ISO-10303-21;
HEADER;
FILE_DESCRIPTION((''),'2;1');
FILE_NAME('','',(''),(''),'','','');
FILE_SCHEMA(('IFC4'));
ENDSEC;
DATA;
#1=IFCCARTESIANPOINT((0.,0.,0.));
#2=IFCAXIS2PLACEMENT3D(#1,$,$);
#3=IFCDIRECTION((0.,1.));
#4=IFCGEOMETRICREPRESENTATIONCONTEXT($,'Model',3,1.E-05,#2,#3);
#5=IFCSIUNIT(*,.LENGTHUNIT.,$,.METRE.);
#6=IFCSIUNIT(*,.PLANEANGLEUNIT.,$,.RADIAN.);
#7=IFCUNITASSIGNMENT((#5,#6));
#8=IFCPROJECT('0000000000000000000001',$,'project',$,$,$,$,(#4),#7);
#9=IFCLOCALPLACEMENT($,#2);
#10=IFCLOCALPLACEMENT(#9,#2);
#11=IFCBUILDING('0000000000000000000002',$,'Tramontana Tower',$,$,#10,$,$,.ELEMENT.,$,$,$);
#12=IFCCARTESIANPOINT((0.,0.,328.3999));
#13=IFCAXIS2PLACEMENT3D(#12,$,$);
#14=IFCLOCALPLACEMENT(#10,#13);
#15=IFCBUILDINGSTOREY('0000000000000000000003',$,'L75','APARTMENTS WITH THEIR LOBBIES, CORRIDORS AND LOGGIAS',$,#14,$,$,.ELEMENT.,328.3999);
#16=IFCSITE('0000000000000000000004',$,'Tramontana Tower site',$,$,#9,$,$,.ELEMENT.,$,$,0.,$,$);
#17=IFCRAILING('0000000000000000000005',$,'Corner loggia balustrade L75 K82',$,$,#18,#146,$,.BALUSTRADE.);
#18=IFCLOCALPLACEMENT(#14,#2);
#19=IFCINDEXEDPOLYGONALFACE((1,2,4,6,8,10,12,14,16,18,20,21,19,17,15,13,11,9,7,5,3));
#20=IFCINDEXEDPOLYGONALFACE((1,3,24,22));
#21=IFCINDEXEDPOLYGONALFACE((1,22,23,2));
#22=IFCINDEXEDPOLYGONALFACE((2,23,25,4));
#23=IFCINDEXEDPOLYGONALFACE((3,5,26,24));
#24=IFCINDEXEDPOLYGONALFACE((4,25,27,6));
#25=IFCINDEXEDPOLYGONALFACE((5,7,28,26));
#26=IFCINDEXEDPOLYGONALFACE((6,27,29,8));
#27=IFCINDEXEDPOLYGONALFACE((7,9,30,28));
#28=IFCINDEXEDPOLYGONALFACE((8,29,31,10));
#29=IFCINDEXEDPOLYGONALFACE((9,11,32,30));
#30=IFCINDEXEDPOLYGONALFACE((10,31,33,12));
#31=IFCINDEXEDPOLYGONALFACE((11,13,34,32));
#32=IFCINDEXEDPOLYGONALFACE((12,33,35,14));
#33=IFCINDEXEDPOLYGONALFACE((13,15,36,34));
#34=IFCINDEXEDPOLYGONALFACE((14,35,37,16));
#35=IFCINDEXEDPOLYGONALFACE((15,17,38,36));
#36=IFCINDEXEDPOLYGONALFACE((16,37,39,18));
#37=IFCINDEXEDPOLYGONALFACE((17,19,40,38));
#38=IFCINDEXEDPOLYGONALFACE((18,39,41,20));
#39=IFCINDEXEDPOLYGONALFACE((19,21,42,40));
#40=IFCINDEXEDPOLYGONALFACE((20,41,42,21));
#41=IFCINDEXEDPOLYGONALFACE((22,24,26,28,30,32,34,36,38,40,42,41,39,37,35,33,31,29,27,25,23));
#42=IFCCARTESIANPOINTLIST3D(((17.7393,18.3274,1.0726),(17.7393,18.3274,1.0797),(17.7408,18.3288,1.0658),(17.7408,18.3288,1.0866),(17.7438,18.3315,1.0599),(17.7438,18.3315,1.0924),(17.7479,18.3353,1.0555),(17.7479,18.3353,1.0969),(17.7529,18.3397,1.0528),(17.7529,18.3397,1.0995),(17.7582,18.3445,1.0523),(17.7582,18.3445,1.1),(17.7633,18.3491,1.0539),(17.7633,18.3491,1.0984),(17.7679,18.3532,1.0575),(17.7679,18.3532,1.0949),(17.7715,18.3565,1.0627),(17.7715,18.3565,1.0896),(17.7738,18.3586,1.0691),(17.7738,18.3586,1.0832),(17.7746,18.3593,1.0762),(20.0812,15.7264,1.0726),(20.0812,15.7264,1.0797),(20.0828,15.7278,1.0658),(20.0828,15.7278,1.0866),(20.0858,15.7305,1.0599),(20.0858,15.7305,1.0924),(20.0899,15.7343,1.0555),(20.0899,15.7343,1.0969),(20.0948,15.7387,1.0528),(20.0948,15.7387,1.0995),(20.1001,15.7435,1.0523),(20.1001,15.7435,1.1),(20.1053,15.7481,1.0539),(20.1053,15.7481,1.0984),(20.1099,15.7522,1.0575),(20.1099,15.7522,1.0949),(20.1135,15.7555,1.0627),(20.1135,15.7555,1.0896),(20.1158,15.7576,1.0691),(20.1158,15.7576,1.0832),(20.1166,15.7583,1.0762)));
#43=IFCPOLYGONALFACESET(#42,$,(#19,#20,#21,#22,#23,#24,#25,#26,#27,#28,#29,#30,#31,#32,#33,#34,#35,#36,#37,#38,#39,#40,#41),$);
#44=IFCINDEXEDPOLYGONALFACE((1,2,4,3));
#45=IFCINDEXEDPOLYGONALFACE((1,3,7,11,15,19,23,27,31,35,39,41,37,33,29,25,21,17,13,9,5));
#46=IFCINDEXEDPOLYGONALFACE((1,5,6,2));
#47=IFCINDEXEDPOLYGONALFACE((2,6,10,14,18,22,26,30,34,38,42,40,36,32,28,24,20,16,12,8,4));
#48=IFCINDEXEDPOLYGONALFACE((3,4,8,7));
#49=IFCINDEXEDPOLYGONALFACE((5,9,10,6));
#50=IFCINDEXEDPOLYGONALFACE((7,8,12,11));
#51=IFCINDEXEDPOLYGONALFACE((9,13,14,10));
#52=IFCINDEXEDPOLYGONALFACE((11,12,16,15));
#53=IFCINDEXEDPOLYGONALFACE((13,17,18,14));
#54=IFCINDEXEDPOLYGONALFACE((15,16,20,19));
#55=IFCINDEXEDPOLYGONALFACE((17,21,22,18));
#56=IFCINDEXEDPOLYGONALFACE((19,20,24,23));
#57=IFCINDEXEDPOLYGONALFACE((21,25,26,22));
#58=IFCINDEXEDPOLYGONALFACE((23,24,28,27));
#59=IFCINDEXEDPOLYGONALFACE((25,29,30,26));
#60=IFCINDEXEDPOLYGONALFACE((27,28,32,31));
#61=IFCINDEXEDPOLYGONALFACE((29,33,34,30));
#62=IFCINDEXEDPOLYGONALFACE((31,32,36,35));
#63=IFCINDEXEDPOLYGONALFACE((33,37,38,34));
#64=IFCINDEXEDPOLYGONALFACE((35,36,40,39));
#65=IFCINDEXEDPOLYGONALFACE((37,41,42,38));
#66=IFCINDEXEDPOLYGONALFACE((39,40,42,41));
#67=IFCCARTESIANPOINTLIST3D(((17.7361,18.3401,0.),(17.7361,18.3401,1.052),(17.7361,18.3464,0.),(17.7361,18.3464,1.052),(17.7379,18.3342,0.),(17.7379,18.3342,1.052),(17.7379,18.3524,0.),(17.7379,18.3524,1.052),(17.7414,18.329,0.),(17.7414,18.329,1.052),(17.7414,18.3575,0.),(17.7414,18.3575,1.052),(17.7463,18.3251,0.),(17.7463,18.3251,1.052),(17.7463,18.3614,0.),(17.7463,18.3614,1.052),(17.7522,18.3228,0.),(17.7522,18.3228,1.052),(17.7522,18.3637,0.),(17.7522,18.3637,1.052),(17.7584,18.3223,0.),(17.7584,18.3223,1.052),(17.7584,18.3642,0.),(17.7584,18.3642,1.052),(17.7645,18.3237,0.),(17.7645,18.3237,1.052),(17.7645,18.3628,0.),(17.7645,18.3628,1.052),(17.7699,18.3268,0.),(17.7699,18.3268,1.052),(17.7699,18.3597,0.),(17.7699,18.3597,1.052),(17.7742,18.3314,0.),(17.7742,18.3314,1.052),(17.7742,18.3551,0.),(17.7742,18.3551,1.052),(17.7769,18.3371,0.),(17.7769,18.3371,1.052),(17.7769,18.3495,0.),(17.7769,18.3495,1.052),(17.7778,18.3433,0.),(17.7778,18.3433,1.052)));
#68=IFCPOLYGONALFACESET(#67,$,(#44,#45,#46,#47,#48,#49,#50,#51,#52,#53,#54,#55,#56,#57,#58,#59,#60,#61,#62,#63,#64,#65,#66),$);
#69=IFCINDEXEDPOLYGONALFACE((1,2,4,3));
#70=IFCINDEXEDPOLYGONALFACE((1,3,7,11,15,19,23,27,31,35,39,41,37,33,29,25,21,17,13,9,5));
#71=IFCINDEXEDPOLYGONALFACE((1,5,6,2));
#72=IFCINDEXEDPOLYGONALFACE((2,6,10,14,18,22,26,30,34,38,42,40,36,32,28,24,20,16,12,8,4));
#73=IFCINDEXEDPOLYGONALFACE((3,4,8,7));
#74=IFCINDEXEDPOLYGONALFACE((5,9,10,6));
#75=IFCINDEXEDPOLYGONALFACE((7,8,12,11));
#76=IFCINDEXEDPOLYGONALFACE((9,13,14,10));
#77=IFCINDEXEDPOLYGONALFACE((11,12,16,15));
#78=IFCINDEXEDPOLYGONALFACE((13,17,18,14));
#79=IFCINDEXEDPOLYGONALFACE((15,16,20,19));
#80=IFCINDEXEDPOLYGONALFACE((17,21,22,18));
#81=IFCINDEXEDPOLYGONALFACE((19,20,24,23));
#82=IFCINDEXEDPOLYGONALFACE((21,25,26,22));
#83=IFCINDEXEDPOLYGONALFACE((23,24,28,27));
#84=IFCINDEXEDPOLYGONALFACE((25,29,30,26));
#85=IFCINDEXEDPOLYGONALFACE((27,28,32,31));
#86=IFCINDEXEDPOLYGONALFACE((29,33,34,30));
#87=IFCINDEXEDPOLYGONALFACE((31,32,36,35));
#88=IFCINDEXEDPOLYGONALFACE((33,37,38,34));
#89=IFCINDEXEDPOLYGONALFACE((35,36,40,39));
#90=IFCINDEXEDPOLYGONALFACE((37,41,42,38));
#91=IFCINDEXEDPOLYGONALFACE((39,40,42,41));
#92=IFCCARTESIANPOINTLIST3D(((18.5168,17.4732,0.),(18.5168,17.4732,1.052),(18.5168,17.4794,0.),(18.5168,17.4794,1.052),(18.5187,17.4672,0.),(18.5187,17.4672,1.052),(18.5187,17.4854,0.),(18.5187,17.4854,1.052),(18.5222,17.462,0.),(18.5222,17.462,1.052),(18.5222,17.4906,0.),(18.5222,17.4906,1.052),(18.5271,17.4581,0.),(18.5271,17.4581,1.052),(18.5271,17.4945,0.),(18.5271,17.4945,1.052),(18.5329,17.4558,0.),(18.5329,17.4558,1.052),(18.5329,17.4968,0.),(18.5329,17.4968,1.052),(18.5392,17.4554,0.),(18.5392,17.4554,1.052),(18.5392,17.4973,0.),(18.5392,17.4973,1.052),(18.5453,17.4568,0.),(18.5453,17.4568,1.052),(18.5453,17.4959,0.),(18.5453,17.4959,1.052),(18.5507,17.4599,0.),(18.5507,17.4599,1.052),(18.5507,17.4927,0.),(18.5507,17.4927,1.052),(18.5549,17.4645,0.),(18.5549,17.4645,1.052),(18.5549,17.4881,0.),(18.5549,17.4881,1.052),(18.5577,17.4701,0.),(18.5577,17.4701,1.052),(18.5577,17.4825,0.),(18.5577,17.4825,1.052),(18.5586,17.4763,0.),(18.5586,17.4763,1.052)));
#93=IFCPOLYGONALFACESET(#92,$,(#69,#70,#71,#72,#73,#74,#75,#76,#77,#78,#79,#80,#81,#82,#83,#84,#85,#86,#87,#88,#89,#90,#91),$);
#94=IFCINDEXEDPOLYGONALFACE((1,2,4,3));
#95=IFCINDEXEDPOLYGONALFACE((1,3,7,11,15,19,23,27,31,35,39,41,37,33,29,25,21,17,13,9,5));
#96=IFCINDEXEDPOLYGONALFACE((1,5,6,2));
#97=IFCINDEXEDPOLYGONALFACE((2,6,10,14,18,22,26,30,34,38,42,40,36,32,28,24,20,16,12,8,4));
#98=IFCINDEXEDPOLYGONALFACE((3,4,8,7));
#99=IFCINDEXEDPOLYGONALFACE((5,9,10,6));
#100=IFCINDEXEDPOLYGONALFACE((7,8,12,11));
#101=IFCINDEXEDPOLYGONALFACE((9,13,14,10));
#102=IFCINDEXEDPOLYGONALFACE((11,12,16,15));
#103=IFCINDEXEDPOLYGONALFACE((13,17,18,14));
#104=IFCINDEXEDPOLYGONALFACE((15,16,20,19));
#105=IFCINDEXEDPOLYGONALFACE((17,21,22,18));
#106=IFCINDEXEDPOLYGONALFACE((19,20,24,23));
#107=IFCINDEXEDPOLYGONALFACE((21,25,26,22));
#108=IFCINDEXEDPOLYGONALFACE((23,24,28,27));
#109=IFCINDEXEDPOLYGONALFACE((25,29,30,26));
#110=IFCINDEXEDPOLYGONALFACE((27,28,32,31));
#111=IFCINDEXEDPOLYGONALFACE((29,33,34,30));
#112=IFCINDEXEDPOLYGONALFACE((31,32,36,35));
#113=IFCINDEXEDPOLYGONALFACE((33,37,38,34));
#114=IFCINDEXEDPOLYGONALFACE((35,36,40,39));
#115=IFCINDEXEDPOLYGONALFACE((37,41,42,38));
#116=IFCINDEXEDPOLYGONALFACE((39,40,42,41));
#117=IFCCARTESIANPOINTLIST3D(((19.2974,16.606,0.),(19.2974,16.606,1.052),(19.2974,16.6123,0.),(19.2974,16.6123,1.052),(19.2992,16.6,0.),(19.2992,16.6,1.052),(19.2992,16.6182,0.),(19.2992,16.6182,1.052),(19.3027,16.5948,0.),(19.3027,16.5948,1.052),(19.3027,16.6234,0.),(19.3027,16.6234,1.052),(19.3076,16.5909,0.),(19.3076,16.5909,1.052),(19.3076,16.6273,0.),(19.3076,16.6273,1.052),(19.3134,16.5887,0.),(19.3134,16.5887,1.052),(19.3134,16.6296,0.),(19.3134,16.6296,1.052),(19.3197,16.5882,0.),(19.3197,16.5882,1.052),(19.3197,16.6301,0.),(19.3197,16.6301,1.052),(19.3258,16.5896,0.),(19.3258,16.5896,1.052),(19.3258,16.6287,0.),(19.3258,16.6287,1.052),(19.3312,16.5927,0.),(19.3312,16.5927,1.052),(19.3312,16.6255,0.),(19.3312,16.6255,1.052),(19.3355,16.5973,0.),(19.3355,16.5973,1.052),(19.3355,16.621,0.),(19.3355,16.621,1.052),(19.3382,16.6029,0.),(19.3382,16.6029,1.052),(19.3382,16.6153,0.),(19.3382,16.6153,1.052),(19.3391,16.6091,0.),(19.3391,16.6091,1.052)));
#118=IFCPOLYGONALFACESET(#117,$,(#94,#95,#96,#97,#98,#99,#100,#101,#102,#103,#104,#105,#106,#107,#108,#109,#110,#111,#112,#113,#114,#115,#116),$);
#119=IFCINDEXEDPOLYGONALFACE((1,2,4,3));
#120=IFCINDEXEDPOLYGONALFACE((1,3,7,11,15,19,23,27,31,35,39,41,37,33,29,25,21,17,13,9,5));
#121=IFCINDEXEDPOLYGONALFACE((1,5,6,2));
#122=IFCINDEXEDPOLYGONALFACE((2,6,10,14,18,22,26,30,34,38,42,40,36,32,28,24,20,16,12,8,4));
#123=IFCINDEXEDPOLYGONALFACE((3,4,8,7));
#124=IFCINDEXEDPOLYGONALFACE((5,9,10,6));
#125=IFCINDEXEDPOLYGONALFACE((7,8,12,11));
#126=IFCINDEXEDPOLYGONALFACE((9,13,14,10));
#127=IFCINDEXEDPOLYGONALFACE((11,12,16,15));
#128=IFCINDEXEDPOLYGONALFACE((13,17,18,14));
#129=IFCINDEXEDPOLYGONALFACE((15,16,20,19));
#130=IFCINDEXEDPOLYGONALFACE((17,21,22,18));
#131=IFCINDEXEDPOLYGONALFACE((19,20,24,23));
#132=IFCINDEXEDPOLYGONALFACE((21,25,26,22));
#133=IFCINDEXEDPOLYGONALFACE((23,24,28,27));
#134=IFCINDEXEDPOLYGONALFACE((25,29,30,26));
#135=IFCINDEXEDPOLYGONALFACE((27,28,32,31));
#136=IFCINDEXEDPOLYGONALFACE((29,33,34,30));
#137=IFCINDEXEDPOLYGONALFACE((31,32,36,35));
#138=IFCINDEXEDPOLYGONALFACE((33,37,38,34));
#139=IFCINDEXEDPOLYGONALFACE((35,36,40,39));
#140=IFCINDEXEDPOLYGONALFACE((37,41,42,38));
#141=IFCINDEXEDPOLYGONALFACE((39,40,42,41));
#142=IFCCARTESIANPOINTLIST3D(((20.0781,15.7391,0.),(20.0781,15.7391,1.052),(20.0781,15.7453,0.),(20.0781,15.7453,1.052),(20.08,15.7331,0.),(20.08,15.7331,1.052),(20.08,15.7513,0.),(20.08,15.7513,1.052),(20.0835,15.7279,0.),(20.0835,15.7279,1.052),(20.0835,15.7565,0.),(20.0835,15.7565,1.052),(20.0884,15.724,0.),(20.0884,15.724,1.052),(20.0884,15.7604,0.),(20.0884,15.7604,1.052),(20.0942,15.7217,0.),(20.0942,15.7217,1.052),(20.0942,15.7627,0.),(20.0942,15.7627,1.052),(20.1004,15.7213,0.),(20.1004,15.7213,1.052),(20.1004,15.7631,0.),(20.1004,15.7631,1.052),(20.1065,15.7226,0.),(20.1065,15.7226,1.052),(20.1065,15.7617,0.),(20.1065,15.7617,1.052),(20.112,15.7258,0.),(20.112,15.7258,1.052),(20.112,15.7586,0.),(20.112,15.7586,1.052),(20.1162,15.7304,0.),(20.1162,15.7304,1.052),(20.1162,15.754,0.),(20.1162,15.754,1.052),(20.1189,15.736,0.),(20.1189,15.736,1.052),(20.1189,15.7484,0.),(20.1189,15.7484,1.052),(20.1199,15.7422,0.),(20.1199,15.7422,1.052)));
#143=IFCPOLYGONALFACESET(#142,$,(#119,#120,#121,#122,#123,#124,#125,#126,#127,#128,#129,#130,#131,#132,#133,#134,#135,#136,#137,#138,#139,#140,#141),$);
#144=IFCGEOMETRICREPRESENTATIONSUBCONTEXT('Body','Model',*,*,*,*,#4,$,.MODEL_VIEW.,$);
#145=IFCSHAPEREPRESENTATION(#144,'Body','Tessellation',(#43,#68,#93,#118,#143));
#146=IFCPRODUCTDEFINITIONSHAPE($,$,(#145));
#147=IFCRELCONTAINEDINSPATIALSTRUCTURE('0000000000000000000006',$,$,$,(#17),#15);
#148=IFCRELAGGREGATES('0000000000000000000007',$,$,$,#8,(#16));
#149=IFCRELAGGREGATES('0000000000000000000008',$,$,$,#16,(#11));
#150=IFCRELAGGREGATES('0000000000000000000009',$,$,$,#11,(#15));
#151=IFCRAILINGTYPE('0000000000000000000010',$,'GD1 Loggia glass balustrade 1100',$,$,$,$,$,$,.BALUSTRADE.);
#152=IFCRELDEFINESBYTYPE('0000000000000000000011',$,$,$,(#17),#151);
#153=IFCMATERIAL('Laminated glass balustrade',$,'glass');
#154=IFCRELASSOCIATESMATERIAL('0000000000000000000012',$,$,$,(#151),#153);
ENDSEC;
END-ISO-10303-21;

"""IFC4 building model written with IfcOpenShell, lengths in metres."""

from ifc_helpers import new_model, si_unit, direction, frame, origin, origin_2d, place, context, subcontext, project, spatial, circle, extrude, material, type_object, element, save


model = new_model("IFC4")

# Units and contexts
model_context = context("Model", 3, precision=1e-05, world=origin(), true_north=direction((0.0, 1.0)))
body_context = subcontext(model_context, "Body", "Model", "MODEL_VIEW")
ifc_project = project(units=[si_unit("LENGTHUNIT", "METRE"), si_unit("PLANEANGLEUNIT", "RADIAN")], contexts=[model_context])

# Site, building, storey
site_placement = place(None, origin())
site = spatial("IfcSite", under=ifc_project, at=site_placement, Name="Tramontana Tower site", CompositionType="ELEMENT", RefElevation=0.0)
building_placement = place(site_placement, origin())
building = spatial("IfcBuilding", under=site, at=building_placement, Name="Tramontana Tower", CompositionType="ELEMENT")
storey_placement = place(building_placement, frame((0.0, 0.0, 328.3999)))
storey = spatial("IfcBuildingStorey", under=building, at=storey_placement, Name="L75", Description="APARTMENTS WITH THEIR LOBBIES, CORRIDORS AND LOGGIAS", CompositionType="ELEMENT", Elevation=328.3999)

# Railing
ifc_material_1 = material(Name="Laminated glass balustrade", Category="glass")
railing_type = type_object("IfcRailingType", Name="GD1 Loggia glass balustrade 1100", PredefinedType="BALUSTRADE", material=ifc_material_1)
railing_1_placement = place(storey_placement, frame((17.7568, 18.3433, 0.0)))
element("IfcRailing", 1, at=railing_1_placement, inside=storey, type_object=railing_type, Name="Corner loggia balustrade L75 K82", PredefinedType="BALUSTRADE", context=body_context, shape_type="SweptSolid", body=[
    extrude(circle(Radius=0.0239, at=origin_2d()), frame((0.0, 0.0, 1.0762), z_axis=(0.669134, -0.743142, 0.0), x_axis=(0.743142, 0.669134, 0.0)), (0.0, 0.0, 1.0), 3.5),
    extrude(circle(Radius=0.021, at=origin_2d()), origin(), (0.0, 0.0, 1.0), 1.052),
    extrude(circle(Radius=0.021, at=origin_2d()), frame((0.7808, -0.8669, 0.0)), (0.0, 0.0, 1.0), 1.052),
    extrude(circle(Radius=0.021, at=origin_2d()), frame((1.5613, -1.7341, 0.0)), (0.0, 0.0, 1.0), 1.052),
    extrude(circle(Radius=0.021, at=origin_2d()), frame((2.342, -2.6011, 0.0)), (0.0, 0.0, 1.0), 1.052),
])

save(model, "model.ifc")
